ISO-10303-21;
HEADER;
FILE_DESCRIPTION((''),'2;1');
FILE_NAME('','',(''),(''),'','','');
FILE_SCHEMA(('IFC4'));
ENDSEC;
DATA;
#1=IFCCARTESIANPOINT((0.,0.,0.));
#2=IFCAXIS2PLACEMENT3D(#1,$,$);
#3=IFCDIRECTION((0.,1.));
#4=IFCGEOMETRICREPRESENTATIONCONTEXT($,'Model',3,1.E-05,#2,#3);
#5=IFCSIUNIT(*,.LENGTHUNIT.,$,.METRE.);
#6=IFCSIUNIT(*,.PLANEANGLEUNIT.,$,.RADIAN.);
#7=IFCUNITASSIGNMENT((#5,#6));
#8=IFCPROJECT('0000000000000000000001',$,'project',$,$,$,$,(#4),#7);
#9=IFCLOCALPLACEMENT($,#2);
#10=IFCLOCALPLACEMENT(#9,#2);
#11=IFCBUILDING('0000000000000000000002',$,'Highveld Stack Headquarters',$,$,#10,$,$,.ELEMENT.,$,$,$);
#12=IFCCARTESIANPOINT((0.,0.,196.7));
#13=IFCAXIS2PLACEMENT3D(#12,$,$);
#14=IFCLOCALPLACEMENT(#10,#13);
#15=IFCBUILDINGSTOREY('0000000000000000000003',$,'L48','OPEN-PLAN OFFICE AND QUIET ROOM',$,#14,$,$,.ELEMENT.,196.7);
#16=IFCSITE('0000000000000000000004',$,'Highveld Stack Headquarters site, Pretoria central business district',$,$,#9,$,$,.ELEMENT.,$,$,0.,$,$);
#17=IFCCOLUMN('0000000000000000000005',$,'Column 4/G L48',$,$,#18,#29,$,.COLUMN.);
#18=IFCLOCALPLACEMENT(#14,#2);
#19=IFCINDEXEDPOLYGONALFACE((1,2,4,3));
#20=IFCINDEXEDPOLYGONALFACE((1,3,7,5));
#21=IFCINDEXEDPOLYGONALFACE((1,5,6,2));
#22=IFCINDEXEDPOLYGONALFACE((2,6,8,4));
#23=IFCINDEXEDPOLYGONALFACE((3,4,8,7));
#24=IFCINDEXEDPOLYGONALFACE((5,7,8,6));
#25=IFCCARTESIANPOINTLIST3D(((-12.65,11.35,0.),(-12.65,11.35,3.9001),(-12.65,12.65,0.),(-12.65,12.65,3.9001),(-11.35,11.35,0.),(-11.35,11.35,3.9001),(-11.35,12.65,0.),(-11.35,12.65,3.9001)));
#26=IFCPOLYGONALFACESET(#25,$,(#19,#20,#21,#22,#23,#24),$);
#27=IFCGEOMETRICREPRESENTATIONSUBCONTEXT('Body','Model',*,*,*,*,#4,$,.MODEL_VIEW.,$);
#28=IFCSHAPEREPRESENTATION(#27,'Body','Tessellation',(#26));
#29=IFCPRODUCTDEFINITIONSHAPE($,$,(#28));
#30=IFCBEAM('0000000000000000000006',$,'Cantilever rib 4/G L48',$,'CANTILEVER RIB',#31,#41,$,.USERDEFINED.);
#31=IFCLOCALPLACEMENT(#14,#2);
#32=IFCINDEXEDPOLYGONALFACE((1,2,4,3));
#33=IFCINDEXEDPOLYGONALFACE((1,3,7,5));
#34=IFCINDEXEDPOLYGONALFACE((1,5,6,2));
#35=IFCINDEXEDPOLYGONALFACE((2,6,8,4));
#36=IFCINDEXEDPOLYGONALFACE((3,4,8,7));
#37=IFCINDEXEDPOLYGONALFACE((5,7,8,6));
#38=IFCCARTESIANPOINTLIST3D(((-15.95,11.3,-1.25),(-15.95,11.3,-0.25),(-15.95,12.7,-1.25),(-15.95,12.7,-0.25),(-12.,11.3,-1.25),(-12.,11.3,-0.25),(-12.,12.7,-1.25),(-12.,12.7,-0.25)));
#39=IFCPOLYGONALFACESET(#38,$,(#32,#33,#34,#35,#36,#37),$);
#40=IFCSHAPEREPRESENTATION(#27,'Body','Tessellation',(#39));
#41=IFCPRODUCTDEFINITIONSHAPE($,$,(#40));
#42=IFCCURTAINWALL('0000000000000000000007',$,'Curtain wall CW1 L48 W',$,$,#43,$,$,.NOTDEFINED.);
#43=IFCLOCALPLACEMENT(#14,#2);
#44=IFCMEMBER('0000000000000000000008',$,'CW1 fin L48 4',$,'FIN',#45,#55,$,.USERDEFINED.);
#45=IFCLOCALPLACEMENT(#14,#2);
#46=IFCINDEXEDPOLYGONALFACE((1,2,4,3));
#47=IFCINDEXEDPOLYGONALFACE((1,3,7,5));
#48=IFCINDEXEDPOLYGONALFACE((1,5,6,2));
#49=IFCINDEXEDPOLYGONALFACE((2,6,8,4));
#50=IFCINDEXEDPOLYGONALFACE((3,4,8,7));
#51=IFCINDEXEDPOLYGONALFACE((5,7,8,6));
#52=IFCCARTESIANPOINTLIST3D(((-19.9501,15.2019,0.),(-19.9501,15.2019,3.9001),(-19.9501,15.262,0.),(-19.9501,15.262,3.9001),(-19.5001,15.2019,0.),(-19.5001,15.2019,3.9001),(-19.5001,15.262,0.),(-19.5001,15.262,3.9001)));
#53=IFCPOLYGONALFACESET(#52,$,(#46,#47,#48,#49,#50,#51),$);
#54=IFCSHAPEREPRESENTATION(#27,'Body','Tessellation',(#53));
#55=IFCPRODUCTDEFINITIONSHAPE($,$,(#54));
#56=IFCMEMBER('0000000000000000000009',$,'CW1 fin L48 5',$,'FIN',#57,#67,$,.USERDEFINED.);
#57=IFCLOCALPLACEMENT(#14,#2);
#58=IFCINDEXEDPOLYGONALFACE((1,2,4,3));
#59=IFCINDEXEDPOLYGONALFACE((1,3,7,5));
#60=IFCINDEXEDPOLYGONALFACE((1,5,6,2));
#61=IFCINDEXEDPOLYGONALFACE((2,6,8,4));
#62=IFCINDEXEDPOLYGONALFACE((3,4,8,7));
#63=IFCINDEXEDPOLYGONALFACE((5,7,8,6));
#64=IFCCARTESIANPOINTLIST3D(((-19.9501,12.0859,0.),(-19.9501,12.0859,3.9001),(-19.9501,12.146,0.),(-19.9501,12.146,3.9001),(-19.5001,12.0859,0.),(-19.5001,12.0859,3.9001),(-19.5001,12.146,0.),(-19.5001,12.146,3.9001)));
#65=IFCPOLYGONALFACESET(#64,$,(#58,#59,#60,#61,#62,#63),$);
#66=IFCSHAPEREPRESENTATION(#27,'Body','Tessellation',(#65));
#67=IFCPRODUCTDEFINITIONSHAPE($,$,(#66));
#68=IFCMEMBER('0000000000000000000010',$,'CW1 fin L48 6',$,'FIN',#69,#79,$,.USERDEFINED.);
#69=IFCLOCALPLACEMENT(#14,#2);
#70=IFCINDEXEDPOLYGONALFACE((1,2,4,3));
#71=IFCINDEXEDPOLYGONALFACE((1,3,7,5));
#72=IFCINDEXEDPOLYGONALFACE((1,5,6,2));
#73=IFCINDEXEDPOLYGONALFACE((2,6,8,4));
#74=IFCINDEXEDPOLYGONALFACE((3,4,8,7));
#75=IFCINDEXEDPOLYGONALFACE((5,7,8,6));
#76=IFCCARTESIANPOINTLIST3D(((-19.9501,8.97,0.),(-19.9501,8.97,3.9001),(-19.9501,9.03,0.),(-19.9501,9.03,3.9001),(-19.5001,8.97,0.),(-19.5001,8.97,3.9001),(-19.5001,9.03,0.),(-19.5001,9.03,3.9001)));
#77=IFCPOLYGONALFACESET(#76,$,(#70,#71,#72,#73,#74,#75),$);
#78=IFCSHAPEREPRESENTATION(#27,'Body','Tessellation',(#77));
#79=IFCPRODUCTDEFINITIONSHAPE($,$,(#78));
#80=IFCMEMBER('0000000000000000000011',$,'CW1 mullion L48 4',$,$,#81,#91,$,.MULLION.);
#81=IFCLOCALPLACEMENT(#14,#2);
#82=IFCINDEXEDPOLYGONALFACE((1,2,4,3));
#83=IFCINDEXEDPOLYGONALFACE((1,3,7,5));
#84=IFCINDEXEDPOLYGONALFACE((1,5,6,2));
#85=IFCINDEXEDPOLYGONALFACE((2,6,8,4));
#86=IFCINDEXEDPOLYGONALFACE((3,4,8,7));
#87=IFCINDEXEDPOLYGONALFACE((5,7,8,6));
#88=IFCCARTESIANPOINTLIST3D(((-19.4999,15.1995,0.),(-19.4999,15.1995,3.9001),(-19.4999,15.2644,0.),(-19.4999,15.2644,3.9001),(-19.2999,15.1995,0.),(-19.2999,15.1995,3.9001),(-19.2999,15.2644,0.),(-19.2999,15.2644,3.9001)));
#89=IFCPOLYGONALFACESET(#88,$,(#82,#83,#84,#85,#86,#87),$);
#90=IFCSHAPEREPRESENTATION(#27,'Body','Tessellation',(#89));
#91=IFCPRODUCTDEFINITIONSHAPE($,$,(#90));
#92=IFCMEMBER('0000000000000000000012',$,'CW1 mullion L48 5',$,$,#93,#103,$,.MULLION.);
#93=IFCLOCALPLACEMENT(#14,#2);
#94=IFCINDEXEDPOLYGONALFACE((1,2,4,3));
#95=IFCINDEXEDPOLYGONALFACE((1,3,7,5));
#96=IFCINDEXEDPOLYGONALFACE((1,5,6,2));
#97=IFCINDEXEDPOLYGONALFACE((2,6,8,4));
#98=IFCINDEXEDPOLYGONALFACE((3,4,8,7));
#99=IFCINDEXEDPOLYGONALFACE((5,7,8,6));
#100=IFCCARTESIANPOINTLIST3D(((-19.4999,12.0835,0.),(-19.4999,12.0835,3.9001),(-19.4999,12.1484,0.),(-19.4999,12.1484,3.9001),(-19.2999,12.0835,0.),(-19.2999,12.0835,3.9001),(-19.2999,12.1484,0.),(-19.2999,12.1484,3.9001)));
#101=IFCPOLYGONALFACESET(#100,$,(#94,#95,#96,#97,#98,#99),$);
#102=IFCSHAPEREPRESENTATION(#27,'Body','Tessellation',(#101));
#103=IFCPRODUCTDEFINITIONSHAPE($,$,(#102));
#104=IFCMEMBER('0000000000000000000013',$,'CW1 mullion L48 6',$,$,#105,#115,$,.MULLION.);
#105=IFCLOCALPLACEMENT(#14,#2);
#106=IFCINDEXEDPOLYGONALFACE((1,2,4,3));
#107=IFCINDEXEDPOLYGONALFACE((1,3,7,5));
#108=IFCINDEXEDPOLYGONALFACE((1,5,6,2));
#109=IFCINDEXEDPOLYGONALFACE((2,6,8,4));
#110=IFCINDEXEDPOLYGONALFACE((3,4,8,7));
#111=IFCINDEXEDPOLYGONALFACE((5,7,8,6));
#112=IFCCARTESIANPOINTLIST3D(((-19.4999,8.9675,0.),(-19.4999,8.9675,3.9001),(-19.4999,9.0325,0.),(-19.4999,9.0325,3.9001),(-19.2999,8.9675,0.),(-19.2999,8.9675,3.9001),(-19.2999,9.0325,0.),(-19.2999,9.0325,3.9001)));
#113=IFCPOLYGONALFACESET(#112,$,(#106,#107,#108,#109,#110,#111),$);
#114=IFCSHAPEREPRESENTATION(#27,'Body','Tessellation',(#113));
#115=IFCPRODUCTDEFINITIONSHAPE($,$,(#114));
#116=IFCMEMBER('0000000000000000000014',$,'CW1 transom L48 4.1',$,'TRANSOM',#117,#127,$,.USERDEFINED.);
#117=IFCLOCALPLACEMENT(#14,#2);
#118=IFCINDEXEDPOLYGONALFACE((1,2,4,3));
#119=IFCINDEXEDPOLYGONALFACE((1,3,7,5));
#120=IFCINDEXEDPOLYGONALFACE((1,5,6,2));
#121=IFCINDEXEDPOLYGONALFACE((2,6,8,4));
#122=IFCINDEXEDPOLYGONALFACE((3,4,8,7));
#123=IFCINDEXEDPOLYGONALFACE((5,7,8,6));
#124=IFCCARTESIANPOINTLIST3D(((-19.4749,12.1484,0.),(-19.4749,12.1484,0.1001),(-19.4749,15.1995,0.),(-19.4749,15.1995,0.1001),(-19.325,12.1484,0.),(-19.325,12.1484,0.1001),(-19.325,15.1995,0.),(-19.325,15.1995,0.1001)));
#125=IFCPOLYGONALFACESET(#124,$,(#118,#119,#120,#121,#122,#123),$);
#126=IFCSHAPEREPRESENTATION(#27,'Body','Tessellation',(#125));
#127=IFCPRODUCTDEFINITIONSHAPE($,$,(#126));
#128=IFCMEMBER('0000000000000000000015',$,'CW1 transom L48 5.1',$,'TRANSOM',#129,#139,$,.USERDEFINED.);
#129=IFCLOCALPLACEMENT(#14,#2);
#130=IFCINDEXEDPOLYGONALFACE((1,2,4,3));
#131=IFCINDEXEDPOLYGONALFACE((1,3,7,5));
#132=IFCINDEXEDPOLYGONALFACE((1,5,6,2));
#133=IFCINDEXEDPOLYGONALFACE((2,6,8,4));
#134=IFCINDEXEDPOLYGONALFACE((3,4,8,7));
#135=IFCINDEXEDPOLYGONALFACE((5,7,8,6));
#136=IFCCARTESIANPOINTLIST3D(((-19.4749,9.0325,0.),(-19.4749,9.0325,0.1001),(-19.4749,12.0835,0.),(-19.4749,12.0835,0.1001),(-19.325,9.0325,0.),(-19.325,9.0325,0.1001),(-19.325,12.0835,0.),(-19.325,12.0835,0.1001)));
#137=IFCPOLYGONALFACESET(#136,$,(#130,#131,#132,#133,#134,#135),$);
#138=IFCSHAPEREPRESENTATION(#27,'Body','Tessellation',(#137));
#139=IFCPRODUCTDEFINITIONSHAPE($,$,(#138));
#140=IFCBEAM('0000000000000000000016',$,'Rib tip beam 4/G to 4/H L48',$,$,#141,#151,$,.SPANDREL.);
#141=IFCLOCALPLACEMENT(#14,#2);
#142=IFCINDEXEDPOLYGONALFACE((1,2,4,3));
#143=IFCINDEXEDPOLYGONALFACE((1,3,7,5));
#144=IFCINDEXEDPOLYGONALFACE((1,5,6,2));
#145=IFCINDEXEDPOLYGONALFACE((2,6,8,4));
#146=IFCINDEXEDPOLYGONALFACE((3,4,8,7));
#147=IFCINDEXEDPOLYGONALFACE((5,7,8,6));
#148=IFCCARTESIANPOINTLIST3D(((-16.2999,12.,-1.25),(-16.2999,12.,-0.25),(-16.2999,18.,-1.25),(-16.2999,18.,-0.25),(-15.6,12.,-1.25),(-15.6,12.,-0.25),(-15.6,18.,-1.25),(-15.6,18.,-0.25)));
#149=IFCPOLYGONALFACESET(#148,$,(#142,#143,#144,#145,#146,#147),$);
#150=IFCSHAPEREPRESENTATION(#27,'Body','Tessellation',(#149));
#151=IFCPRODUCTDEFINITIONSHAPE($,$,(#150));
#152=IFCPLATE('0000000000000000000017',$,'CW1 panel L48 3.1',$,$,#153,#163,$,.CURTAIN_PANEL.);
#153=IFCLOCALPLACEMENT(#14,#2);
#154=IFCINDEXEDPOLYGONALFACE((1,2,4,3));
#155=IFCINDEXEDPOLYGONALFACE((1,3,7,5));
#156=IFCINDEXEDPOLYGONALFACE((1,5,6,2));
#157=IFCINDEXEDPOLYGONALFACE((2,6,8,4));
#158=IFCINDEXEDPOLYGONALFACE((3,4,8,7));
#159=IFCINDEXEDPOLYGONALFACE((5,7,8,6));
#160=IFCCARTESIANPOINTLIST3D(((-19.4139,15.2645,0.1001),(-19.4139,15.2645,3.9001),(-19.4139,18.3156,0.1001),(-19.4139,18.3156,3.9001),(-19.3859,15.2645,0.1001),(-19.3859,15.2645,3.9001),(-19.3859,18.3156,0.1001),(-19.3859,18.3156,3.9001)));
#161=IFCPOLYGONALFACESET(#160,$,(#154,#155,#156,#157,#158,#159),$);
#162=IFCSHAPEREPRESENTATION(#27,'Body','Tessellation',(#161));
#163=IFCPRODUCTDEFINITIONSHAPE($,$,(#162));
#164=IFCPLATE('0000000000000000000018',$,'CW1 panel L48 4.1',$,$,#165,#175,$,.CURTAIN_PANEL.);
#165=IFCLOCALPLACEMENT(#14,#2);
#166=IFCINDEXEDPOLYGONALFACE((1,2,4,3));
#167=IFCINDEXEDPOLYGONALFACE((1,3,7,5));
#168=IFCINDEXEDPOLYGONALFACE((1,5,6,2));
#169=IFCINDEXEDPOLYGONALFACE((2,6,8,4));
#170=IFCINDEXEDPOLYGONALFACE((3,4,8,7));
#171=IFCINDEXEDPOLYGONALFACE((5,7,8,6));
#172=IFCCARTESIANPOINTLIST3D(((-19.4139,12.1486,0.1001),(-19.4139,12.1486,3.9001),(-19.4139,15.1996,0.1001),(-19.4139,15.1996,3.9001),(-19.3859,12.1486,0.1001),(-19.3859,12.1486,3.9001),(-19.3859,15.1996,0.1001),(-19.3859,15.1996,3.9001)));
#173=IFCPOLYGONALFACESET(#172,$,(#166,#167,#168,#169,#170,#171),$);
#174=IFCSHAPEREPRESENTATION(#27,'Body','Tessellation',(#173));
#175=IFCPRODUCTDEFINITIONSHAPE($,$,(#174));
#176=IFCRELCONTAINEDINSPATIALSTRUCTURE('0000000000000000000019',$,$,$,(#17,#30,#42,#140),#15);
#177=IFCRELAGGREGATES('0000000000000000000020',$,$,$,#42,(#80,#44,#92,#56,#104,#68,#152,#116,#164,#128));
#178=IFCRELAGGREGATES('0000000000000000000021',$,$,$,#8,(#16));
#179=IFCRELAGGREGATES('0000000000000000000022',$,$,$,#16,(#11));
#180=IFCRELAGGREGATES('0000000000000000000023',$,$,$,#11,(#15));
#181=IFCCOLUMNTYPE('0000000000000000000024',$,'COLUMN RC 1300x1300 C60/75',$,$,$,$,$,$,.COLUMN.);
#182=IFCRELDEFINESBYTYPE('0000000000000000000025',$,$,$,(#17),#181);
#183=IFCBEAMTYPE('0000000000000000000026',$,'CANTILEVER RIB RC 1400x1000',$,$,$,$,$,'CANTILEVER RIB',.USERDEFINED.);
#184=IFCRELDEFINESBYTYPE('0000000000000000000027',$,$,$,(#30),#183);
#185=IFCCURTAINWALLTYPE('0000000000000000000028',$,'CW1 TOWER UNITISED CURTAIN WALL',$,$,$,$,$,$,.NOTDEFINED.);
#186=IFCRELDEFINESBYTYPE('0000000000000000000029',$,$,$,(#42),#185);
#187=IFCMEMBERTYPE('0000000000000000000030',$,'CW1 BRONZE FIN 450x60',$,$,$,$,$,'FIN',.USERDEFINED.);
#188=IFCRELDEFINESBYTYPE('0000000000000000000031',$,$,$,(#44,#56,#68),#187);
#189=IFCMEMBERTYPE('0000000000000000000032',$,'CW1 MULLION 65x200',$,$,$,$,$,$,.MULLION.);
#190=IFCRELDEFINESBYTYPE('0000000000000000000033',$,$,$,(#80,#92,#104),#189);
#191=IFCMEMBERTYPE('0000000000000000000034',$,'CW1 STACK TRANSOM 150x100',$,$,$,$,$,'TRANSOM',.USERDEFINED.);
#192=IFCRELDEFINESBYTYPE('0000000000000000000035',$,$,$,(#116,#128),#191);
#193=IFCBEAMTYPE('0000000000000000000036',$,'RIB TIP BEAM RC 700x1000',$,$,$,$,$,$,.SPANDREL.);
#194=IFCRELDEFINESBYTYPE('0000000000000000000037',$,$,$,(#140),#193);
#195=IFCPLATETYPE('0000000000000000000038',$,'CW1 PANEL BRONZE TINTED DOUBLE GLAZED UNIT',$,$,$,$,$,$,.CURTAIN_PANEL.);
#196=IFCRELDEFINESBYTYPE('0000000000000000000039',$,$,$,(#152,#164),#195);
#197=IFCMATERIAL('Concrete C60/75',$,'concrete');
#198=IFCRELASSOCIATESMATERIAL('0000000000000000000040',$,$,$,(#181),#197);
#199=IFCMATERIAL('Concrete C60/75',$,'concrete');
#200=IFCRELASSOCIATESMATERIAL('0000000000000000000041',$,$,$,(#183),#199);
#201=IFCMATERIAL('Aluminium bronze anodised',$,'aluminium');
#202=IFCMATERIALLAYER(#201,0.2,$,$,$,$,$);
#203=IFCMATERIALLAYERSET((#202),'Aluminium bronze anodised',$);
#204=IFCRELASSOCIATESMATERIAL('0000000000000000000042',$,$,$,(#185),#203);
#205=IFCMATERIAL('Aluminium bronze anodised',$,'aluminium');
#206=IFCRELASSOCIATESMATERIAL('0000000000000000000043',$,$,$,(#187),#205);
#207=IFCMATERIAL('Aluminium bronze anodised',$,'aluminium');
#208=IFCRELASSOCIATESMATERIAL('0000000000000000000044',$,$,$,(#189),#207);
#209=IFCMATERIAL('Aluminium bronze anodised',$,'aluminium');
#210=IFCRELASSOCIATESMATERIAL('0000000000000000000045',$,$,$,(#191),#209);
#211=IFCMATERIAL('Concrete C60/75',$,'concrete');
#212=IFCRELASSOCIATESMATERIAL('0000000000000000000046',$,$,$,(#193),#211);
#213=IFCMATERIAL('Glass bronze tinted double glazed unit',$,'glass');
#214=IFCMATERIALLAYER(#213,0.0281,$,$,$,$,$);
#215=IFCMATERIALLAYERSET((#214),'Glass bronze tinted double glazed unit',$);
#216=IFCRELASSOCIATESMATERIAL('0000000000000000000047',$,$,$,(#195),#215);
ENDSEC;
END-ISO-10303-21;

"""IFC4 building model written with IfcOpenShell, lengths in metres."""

from ifc_helpers import new_model, si_unit, direction, frame, origin, origin_2d, place, context, subcontext, project, spatial, rectangle, extrude, material, layer, layer_set, material_profile, profile_set, type_object, element, aggregate, save


model = new_model("IFC4")

# Units and contexts
model_context = context("Model", 3, precision=1e-05, world=origin(), true_north=direction((0.0, 1.0)))
body_context = subcontext(model_context, "Body", "Model", "MODEL_VIEW")
ifc_project = project(units=[si_unit("LENGTHUNIT", "METRE"), si_unit("PLANEANGLEUNIT", "RADIAN")], contexts=[model_context])

# Site, building, storey
site_placement = place(None, origin())
site = spatial("IfcSite", under=ifc_project, at=site_placement, Name="Highveld Stack Headquarters site, Pretoria central business district", CompositionType="ELEMENT", RefElevation=0.0)
building_placement = place(site_placement, origin())
building = spatial("IfcBuilding", under=site, at=building_placement, Name="Highveld Stack Headquarters", CompositionType="ELEMENT")
storey_placement = place(building_placement, frame((0.0, 0.0, 196.7)))
storey = spatial("IfcBuildingStorey", under=building, at=storey_placement, Name="L48", Description="OPEN-PLAN OFFICE AND QUIET ROOM", CompositionType="ELEMENT", Elevation=196.7)

# Column
ifc_material_1 = material(Name="Concrete C60/75", Category="concrete")
ifc_material_profile_1 = material_profile(ifc_material_1, rectangle(XDim=1.3, YDim=1.3, at=origin_2d()), Name="RC 1300x1300")
ifc_profile_set_1 = profile_set([ifc_material_profile_1], Name="Concrete C60/75")
column_type = type_object("IfcColumnType", Name="COLUMN RC 1300x1300 C60/75", PredefinedType="COLUMN", material=ifc_profile_set_1)
column_placement = place(storey_placement, frame((-12.0, 12.0, 0.0), z_axis=(0.0, 0.0, 1.0), x_axis=(1.0, 0.0, 0.0)))
element("IfcColumn", 1, at=column_placement, inside=storey, type_object=column_type, Name="Column 4/G L48", PredefinedType="COLUMN", context=body_context, shape_type="SweptSolid", body=[
    extrude(rectangle(XDim=1.3, YDim=1.3, at=origin_2d()), origin(), (0.0, 0.0, 1.0), 3.9001),
])

# Beam
ifc_material_2 = material(Name="Concrete C60/75", Category="concrete")
ifc_material_profile_2 = material_profile(ifc_material_2, rectangle(XDim=1.3999, YDim=1.0, at=origin_2d()), Name="RC 1400x1000")
ifc_profile_set_2 = profile_set([ifc_material_profile_2], Name="Concrete C60/75")
beam_type_1 = type_object("IfcBeamType", Name="CANTILEVER RIB RC 1400x1000", ElementType="CANTILEVER RIB", PredefinedType="USERDEFINED", material=ifc_profile_set_2)
beam_1_placement = place(storey_placement, frame((-12.0, 12.0, -0.75), z_axis=(-1.0, 0.0, 0.0), x_axis=(0.0, -1.0, 0.0)))
element("IfcBeam", 2, at=beam_1_placement, inside=storey, type_object=beam_type_1, Name="Cantilever rib 4/G L48", ObjectType="CANTILEVER RIB", PredefinedType="USERDEFINED", context=body_context, shape_type="SweptSolid", body=[
    extrude(rectangle(XDim=1.3999, YDim=1.0, at=origin_2d()), origin(), (0.0, 0.0, 1.0), 3.95),
])

# Curtain wall, members
ifc_material_3 = material(Name="Aluminium bronze anodised", Category="aluminium")
ifc_layer_1 = layer(ifc_material_3, 0.2)
ifc_layer_set_1 = layer_set([ifc_layer_1], Name="Aluminium bronze anodised")
curtain_wall_type = type_object("IfcCurtainWallType", Name="CW1 TOWER UNITISED CURTAIN WALL", PredefinedType="NOTDEFINED", material=ifc_layer_set_1)
curtain_wall_placement = place(storey_placement, origin())
curtain_wall = element("IfcCurtainWall", 3, at=curtain_wall_placement, inside=storey, type_object=curtain_wall_type, Name="Curtain wall CW1 L48 W", PredefinedType="NOTDEFINED")
ifc_material_4 = material(Name="Aluminium bronze anodised", Category="aluminium")
ifc_material_profile_3 = material_profile(ifc_material_4, rectangle(XDim=0.45, YDim=0.0601, at=origin_2d()), Name="FIN 450x60")
ifc_profile_set_3 = profile_set([ifc_material_profile_3], Name="Aluminium bronze anodised")
member_type_1 = type_object("IfcMemberType", Name="CW1 BRONZE FIN 450x60", ElementType="FIN", PredefinedType="USERDEFINED", material=ifc_profile_set_3)
member_1_placement = place(storey_placement, frame((-19.7251, 15.2319, 0.0), z_axis=(0.0, 0.0, 1.0), x_axis=(1.0, 0.0, 0.0)))
member_1 = element("IfcMember", 4, at=member_1_placement, type_object=member_type_1, Name="CW1 fin L48 4", ObjectType="FIN", PredefinedType="USERDEFINED", context=body_context, shape_type="SweptSolid", body=[
    extrude(rectangle(XDim=0.45, YDim=0.0601, at=origin_2d()), origin(), (0.0, 0.0, 1.0), 3.9001),
])
member_2_placement = place(storey_placement, frame((-19.7251, 12.116, 0.0), z_axis=(0.0, 0.0, 1.0), x_axis=(1.0, 0.0, 0.0)))
member_2 = element("IfcMember", 5, at=member_2_placement, type_object=member_type_1, Name="CW1 fin L48 5", ObjectType="FIN", PredefinedType="USERDEFINED", context=body_context, shape_type="SweptSolid", body=[
    extrude(rectangle(XDim=0.45, YDim=0.0601, at=origin_2d()), origin(), (0.0, 0.0, 1.0), 3.9001),
])
member_3_placement = place(storey_placement, frame((-19.7251, 9.0, 0.0), z_axis=(0.0, 0.0, 1.0), x_axis=(1.0, 0.0, 0.0)))
member_3 = element("IfcMember", 6, at=member_3_placement, type_object=member_type_1, Name="CW1 fin L48 6", ObjectType="FIN", PredefinedType="USERDEFINED", context=body_context, shape_type="SweptSolid", body=[
    extrude(rectangle(XDim=0.45, YDim=0.0601, at=origin_2d()), origin(), (0.0, 0.0, 1.0), 3.9001),
])
ifc_material_5 = material(Name="Aluminium bronze anodised", Category="aluminium")
ifc_material_profile_4 = material_profile(ifc_material_5, rectangle(XDim=0.2, YDim=0.0649, at=origin_2d()), Name="CW1 MULLION 65x200")
ifc_profile_set_4 = profile_set([ifc_material_profile_4], Name="Aluminium bronze anodised")
member_type_2 = type_object("IfcMemberType", Name="CW1 MULLION 65x200", PredefinedType="MULLION", material=ifc_profile_set_4)
member_4_placement = place(storey_placement, frame((-19.3999, 15.2319, 0.0), z_axis=(0.0, 0.0, 1.0), x_axis=(1.0, 0.0, 0.0)))
member_4 = element("IfcMember", 7, at=member_4_placement, type_object=member_type_2, Name="CW1 mullion L48 4", PredefinedType="MULLION", context=body_context, shape_type="SweptSolid", body=[
    extrude(rectangle(XDim=0.2, YDim=0.0649, at=origin_2d()), origin(), (0.0, 0.0, 1.0), 3.9001),
])
member_5_placement = place(storey_placement, frame((-19.3999, 12.116, 0.0), z_axis=(0.0, 0.0, 1.0), x_axis=(1.0, 0.0, 0.0)))
member_5 = element("IfcMember", 8, at=member_5_placement, type_object=member_type_2, Name="CW1 mullion L48 5", PredefinedType="MULLION", context=body_context, shape_type="SweptSolid", body=[
    extrude(rectangle(XDim=0.2, YDim=0.0649, at=origin_2d()), origin(), (0.0, 0.0, 1.0), 3.9001),
])
member_6_placement = place(storey_placement, frame((-19.3999, 9.0, 0.0), z_axis=(0.0, 0.0, 1.0), x_axis=(1.0, 0.0, 0.0)))
member_6 = element("IfcMember", 9, at=member_6_placement, type_object=member_type_2, Name="CW1 mullion L48 6", PredefinedType="MULLION", context=body_context, shape_type="SweptSolid", body=[
    extrude(rectangle(XDim=0.2, YDim=0.0649, at=origin_2d()), origin(), (0.0, 0.0, 1.0), 3.9001),
])
ifc_material_6 = material(Name="Aluminium bronze anodised", Category="aluminium")
ifc_material_profile_5 = material_profile(ifc_material_6, rectangle(XDim=0.1499, YDim=0.1001, at=origin_2d()), Name="CW1 TRANSOM 150x100")
ifc_profile_set_5 = profile_set([ifc_material_profile_5], Name="Aluminium bronze anodised")
member_type_3 = type_object("IfcMemberType", Name="CW1 STACK TRANSOM 150x100", ElementType="TRANSOM", PredefinedType="USERDEFINED", material=ifc_profile_set_5)
member_7_placement = place(storey_placement, frame((-19.3999, 15.1995, 0.05), z_axis=(0.0, -1.0, 0.0), x_axis=(1.0, 0.0, 0.0)))
member_7 = element("IfcMember", 10, at=member_7_placement, type_object=member_type_3, Name="CW1 transom L48 4.1", ObjectType="TRANSOM", PredefinedType="USERDEFINED", context=body_context, shape_type="SweptSolid", body=[
    extrude(rectangle(XDim=0.1499, YDim=0.1001, at=origin_2d()), origin(), (0.0, 0.0, 1.0), 3.051),
])
member_8_placement = place(storey_placement, frame((-19.3999, 12.0835, 0.05), z_axis=(0.0, -1.0, 0.0), x_axis=(1.0, 0.0, 0.0)))
member_8 = element("IfcMember", 11, at=member_8_placement, type_object=member_type_3, Name="CW1 transom L48 5.1", ObjectType="TRANSOM", PredefinedType="USERDEFINED", context=body_context, shape_type="SweptSolid", body=[
    extrude(rectangle(XDim=0.1499, YDim=0.1001, at=origin_2d()), origin(), (0.0, 0.0, 1.0), 3.051),
])

# Beam
ifc_material_7 = material(Name="Concrete C60/75", Category="concrete")
ifc_material_profile_6 = material_profile(ifc_material_7, rectangle(XDim=0.7, YDim=1.0, at=origin_2d()), Name="RC 700x1000")
ifc_profile_set_6 = profile_set([ifc_material_profile_6], Name="Concrete C60/75")
beam_type_2 = type_object("IfcBeamType", Name="RIB TIP BEAM RC 700x1000", PredefinedType="SPANDREL", material=ifc_profile_set_6)
beam_2_placement = place(storey_placement, frame((-15.95, 12.0, -0.75), z_axis=(0.0, 1.0, 0.0), x_axis=(-1.0, 0.0, 0.0)))
element("IfcBeam", 12, at=beam_2_placement, inside=storey, type_object=beam_type_2, Name="Rib tip beam 4/G to 4/H L48", PredefinedType="SPANDREL", context=body_context, shape_type="SweptSolid", body=[
    extrude(rectangle(XDim=0.7, YDim=1.0, at=origin_2d()), origin(), (0.0, 0.0, 1.0), 6.0),
])

# Plates
ifc_material_8 = material(Name="Glass bronze tinted double glazed unit", Category="glass")
ifc_layer_2 = layer(ifc_material_8, 0.0281)
ifc_layer_set_2 = layer_set([ifc_layer_2], Name="Glass bronze tinted double glazed unit")
plate_type = type_object("IfcPlateType", Name="CW1 PANEL BRONZE TINTED DOUBLE GLAZED UNIT", PredefinedType="CURTAIN_PANEL", material=ifc_layer_set_2)
plate_1_placement = place(storey_placement, frame((-19.3999, 16.79, 0.1001), z_axis=(0.0, 0.0, 1.0), x_axis=(0.0, -1.0, 0.0)))
plate_1 = element("IfcPlate", 13, at=plate_1_placement, type_object=plate_type, Name="CW1 panel L48 3.1", PredefinedType="CURTAIN_PANEL", context=body_context, shape_type="SweptSolid", body=[
    extrude(rectangle(XDim=3.051, YDim=0.0281, at=origin_2d()), origin(), (0.0, 0.0, 1.0), 3.8),
])
plate_2_placement = place(storey_placement, frame((-19.3999, 13.6741, 0.1001), z_axis=(0.0, 0.0, 1.0), x_axis=(0.0, -1.0, 0.0)))
plate_2 = element("IfcPlate", 14, at=plate_2_placement, type_object=plate_type, Name="CW1 panel L48 4.1", PredefinedType="CURTAIN_PANEL", context=body_context, shape_type="SweptSolid", body=[
    extrude(rectangle(XDim=3.051, YDim=0.0281, at=origin_2d()), origin(), (0.0, 0.0, 1.0), 3.8),
])
aggregate(curtain_wall, [member_4, member_1, member_5, member_2, member_6, member_3, plate_1, member_7, plate_2, member_8])

save(model, "model.ifc")
